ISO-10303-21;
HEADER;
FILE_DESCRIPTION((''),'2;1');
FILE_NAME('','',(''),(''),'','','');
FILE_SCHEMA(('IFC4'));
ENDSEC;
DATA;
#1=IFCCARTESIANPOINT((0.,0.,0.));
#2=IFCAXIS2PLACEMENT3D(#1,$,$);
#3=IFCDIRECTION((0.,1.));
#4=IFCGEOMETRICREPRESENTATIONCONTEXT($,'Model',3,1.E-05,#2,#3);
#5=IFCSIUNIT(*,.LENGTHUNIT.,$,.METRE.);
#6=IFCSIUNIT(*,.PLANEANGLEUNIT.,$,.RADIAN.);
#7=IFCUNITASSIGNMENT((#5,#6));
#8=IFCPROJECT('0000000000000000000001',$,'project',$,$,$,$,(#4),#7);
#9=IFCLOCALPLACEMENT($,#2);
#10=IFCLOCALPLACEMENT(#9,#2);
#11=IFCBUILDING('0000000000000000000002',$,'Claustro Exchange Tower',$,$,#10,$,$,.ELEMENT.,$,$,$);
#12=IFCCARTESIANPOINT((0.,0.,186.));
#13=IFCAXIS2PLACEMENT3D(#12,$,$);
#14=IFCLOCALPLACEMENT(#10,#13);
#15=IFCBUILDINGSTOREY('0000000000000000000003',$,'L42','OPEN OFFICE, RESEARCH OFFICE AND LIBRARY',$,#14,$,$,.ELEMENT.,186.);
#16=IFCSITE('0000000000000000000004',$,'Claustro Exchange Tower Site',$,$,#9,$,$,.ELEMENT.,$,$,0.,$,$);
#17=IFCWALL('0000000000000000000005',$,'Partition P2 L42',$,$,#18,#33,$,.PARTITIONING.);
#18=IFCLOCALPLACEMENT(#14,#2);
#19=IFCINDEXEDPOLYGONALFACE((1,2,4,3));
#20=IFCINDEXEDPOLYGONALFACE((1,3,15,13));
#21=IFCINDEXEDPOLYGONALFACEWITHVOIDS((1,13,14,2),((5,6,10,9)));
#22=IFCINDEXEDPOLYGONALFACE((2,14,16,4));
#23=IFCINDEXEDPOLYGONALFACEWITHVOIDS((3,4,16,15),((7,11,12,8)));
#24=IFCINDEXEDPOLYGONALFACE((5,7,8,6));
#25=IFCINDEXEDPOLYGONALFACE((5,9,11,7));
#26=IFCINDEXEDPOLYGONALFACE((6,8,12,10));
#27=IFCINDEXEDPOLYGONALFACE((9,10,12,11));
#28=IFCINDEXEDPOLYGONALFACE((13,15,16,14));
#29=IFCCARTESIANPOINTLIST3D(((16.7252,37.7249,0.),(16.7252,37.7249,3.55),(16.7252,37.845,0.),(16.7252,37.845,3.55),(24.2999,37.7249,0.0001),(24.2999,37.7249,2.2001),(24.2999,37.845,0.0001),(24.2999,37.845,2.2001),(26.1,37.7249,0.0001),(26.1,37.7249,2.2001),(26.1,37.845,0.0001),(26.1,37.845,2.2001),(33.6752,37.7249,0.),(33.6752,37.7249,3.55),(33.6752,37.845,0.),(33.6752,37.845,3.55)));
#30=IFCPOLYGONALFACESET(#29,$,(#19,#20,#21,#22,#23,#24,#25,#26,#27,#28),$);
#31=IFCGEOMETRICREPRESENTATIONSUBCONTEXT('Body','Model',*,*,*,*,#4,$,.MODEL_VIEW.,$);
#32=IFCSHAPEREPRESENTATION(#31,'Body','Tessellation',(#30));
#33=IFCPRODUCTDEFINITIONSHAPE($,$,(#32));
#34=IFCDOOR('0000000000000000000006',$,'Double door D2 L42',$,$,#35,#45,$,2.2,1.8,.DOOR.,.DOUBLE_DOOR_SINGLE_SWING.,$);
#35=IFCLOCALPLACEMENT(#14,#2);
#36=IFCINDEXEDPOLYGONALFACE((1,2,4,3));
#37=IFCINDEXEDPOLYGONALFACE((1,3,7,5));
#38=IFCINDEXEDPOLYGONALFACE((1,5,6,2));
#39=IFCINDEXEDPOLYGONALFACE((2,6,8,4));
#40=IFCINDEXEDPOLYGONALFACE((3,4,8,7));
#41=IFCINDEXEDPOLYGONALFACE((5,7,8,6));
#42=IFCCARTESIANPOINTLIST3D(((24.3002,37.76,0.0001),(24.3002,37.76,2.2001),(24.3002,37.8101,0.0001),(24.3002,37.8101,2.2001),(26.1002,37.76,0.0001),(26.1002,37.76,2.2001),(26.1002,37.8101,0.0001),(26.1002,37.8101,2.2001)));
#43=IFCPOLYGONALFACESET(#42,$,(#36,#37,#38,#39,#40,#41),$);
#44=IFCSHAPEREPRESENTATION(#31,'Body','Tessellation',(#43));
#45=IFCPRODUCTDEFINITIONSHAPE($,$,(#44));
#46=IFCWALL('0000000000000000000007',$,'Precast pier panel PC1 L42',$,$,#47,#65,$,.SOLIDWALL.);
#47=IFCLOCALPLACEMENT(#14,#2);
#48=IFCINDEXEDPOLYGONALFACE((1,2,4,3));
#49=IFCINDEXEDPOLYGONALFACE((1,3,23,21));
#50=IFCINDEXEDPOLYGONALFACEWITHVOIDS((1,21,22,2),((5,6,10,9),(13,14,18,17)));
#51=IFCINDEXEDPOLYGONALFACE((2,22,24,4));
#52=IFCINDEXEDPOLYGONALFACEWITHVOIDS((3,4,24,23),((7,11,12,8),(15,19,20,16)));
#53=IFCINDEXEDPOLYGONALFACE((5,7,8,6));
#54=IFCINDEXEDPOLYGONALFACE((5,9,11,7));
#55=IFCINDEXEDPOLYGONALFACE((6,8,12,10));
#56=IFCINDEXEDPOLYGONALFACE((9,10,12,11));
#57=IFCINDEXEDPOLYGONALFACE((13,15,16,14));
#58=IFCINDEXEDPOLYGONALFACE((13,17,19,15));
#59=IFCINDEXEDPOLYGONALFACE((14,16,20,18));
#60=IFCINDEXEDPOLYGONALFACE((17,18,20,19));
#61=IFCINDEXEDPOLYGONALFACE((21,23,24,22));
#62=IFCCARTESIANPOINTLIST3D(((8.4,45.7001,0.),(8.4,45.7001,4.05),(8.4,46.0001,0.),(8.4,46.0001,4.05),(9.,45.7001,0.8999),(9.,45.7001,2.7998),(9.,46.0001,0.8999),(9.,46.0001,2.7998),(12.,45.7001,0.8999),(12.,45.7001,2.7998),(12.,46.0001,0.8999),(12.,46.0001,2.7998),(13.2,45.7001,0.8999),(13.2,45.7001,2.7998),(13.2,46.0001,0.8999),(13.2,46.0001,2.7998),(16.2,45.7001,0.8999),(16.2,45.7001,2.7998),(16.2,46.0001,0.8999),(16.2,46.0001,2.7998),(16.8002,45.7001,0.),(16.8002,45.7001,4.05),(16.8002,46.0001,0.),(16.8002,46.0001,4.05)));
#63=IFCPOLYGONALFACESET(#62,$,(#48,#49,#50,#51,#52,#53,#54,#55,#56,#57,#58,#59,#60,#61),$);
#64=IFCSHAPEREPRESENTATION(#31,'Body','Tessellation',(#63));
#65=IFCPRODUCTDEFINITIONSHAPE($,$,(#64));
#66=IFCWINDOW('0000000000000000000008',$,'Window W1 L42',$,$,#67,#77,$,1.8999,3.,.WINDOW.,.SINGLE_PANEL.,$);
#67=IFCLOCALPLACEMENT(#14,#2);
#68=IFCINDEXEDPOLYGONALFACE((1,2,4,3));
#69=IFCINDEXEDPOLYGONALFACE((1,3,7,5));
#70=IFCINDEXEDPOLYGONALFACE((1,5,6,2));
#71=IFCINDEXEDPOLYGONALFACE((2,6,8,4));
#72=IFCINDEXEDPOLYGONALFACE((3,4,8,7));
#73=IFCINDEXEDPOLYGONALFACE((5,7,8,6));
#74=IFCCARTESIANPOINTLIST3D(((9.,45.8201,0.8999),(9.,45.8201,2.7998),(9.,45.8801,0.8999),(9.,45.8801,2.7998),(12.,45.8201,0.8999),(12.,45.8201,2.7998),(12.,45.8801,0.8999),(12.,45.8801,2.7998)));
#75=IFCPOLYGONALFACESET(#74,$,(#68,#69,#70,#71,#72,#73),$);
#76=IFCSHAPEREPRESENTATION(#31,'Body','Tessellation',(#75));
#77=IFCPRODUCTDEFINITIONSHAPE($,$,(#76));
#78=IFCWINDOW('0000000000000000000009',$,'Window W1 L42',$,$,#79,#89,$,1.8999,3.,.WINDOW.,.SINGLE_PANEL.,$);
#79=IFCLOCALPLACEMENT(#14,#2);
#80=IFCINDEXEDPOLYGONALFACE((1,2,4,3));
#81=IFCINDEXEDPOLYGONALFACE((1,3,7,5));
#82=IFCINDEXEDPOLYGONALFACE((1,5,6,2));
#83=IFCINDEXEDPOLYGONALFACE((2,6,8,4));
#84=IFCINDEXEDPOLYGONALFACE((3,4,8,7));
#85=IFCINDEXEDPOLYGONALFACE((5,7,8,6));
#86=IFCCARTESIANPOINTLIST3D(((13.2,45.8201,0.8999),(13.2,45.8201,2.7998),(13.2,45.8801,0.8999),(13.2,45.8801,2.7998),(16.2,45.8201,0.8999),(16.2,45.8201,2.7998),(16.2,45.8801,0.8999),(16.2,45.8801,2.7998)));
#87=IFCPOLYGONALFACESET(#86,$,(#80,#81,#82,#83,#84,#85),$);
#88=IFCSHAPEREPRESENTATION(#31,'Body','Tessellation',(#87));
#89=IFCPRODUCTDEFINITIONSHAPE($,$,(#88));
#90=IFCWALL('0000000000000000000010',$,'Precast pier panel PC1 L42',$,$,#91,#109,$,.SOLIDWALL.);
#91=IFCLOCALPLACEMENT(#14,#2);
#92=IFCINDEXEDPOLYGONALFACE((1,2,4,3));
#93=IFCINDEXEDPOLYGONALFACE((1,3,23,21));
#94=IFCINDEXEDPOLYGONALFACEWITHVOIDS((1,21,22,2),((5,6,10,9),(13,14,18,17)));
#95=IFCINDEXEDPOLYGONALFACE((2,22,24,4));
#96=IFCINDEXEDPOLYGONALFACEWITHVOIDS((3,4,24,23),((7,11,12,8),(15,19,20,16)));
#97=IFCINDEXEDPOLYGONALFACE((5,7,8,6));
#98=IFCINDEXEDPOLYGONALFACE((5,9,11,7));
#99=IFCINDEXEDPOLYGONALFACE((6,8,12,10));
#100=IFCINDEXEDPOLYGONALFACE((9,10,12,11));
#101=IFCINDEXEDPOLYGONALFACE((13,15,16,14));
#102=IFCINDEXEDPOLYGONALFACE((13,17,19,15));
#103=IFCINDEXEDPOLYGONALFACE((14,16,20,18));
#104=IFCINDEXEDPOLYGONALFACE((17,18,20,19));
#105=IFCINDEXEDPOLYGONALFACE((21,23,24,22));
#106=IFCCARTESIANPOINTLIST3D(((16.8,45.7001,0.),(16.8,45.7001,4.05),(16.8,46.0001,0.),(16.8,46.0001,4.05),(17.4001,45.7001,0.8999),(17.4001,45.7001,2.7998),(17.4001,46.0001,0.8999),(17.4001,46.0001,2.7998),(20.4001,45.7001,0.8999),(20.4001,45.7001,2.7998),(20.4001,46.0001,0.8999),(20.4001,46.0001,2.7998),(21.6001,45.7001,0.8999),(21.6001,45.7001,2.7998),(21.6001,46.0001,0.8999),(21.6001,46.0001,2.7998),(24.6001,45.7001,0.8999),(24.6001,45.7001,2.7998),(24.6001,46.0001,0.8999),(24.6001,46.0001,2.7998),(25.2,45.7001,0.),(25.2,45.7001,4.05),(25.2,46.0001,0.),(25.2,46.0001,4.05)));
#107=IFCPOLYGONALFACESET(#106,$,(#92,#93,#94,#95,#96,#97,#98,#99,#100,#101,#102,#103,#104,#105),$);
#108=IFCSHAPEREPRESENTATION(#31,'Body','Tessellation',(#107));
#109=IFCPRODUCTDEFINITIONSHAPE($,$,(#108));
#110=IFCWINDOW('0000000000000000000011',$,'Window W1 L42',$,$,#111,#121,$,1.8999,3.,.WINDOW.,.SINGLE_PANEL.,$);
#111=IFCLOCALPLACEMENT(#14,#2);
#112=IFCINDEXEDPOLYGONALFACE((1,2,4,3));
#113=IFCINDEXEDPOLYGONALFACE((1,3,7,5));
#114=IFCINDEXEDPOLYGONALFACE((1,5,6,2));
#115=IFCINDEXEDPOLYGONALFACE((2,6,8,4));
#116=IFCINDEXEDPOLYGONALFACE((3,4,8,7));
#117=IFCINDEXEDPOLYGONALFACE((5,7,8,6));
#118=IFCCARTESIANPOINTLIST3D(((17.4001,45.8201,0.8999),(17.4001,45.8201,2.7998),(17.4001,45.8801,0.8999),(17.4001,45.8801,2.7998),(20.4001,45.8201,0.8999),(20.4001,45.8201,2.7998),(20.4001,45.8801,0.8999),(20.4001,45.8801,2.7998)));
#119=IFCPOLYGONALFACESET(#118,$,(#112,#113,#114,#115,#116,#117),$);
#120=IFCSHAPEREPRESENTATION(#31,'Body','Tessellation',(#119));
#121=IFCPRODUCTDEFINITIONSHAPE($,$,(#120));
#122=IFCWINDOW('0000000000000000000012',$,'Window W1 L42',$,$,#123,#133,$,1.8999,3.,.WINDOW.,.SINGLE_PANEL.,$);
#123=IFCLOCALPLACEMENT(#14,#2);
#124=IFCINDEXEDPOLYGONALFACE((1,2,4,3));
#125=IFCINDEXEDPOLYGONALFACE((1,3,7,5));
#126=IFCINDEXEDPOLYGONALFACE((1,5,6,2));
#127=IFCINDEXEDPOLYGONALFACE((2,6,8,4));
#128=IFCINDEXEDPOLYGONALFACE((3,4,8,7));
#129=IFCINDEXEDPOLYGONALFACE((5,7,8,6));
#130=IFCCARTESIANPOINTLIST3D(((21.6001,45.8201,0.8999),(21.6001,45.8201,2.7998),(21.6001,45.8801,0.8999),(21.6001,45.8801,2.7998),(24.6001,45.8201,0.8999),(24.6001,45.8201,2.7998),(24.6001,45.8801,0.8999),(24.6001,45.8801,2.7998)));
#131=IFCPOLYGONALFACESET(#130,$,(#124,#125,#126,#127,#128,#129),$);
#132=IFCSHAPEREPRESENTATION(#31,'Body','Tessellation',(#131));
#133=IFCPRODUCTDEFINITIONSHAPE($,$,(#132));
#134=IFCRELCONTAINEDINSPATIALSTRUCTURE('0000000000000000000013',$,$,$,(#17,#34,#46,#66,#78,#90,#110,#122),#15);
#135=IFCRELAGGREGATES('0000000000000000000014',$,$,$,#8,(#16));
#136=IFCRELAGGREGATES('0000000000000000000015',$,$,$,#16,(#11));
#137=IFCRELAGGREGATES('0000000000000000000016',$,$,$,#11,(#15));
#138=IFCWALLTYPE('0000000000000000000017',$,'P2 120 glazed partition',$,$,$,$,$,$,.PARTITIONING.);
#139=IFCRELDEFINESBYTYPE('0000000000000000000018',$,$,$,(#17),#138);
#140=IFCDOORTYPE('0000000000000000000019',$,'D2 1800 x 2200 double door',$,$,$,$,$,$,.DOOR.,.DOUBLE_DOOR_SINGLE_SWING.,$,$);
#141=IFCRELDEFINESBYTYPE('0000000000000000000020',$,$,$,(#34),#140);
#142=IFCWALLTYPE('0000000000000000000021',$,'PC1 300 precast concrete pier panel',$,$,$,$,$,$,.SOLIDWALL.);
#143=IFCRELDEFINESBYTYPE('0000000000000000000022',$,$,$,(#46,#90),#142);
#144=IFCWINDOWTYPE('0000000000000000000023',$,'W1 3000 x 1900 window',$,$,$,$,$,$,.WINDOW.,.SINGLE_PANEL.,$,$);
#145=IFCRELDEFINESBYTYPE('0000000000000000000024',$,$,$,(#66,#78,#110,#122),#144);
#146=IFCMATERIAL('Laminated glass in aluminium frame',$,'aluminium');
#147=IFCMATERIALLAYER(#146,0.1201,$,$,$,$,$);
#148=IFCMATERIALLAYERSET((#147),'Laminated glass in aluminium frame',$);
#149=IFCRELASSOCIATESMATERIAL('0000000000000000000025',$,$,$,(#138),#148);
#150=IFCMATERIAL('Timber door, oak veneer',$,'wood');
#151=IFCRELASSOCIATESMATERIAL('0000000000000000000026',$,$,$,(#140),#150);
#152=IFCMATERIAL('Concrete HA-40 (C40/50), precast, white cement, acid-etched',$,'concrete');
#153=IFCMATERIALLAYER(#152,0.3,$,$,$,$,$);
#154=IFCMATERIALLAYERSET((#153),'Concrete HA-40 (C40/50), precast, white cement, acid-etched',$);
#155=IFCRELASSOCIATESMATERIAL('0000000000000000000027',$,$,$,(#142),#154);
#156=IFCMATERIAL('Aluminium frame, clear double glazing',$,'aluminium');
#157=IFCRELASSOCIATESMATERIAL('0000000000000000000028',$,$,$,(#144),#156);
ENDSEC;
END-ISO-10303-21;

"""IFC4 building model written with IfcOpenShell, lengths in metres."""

from ifc_helpers import new_model, si_unit, direction, frame, frame_2d, origin, place, context, subcontext, project, spatial, rectangle, extrude, material, layer, layer_set, type_object, element, fill, save


model = new_model("IFC4")

# Units and contexts
model_context = context("Model", 3, precision=1e-05, world=origin(), true_north=direction((0.0, 1.0)))
body_context = subcontext(model_context, "Body", "Model", "MODEL_VIEW")
ifc_project = project(units=[si_unit("LENGTHUNIT", "METRE"), si_unit("PLANEANGLEUNIT", "RADIAN")], contexts=[model_context])

# Site, building, storey
site_placement = place(None, origin())
site = spatial("IfcSite", under=ifc_project, at=site_placement, Name="Claustro Exchange Tower Site", CompositionType="ELEMENT", RefElevation=0.0)
building_placement = place(site_placement, origin())
building = spatial("IfcBuilding", under=site, at=building_placement, Name="Claustro Exchange Tower", CompositionType="ELEMENT")
storey_placement = place(building_placement, frame((0.0, 0.0, 186.0)))
storey = spatial("IfcBuildingStorey", under=building, at=storey_placement, Name="L42", Description="OPEN OFFICE, RESEARCH OFFICE AND LIBRARY", CompositionType="ELEMENT", Elevation=186.0)

# Shared definitions
ifc_material_1 = material(Name="Laminated glass in aluminium frame", Category="aluminium")
ifc_layer_1 = layer(ifc_material_1, 0.1201)
ifc_layer_set_1 = layer_set([ifc_layer_1], Name="Laminated glass in aluminium frame")
wall_type_1 = type_object("IfcWallType", Name="P2 120 glazed partition", PredefinedType="PARTITIONING", material=ifc_layer_set_1)

# Wall, opening, door
wall_1_placement = place(storey_placement, frame((16.7251, 37.7849, 0.0), z_axis=(0.0, 0.0, 1.0), x_axis=(1.0, 0.0, 0.0)))
wall_1 = element("IfcWall", 1, at=wall_1_placement, inside=storey, type_object=wall_type_1, Name="Partition P2 L42", PredefinedType="PARTITIONING", context=body_context, shape_type="SweptSolid", body=[
    extrude(rectangle(XDim=16.95, YDim=0.1201, at=frame_2d((8.4751, 0.0))), origin(), (0.0, 0.0, 1.0), 3.55),
])
opening_1_placement = place(wall_1_placement, frame((7.575, 0.0, 0.0)))
opening_1 = element("IfcOpeningElement", 2, at=opening_1_placement, cuts=wall_1, PredefinedType="OPENING", context=body_context, shape_type="SweptSolid", body=[
    extrude(rectangle(XDim=1.8, YDim=2.2, at=frame_2d((0.8999, 1.1001))), frame((0.0, 0.0701, 0.0), z_axis=(0.0, -1.0, 0.0), x_axis=(1.0, 0.0, 0.0)), (0.0, 0.0, 1.0), 0.1401),
])
ifc_material_2 = material(Name="Timber door, oak veneer", Category="wood")
door_type_1 = type_object("IfcDoorType", Name="D2 1800 x 2200 double door", OperationType="DOUBLE_DOOR_SINGLE_SWING", PredefinedType="DOOR", material=ifc_material_2)
door_1_placement = place(opening_1_placement, frame((1.8, 0.0, 0.0), z_axis=(0.0, 0.0, 1.0), x_axis=(-1.0, 0.0, 0.0)))
door_1 = element("IfcDoor", 3, at=door_1_placement, inside=storey, type_object=door_type_1, Name="Double door D2 L42", OperationType="DOUBLE_DOOR_SINGLE_SWING", OverallHeight=2.2, OverallWidth=1.8, PredefinedType="DOOR", context=body_context, shape_type="SweptSolid", body=[
    extrude(rectangle(XDim=1.8, YDim=2.2, at=frame_2d((0.8999, 1.1001))), frame((0.0, 0.0249, 0.0), z_axis=(0.0, -1.0, 0.0), x_axis=(1.0, 0.0, 0.0)), (0.0, 0.0, 1.0), 0.05),
])
fill(opening_1, door_1)

# Walls, openings, windows
ifc_material_3 = material(Name="Concrete HA-40 (C40/50), precast, white cement, acid-etched", Category="concrete")
ifc_layer_2 = layer(ifc_material_3, 0.3)
ifc_layer_set_2 = layer_set([ifc_layer_2], Name="Concrete HA-40 (C40/50), precast, white cement, acid-etched")
wall_type_2 = type_object("IfcWallType", Name="PC1 300 precast concrete pier panel", PredefinedType="SOLIDWALL", material=ifc_layer_set_2)
wall_2_placement = place(storey_placement, frame((8.3999, 45.8501, 0.0), z_axis=(0.0, 0.0, 1.0), x_axis=(1.0, 0.0, 0.0)))
wall_2 = element("IfcWall", 4, at=wall_2_placement, inside=storey, type_object=wall_type_2, Name="Precast pier panel PC1 L42", PredefinedType="SOLIDWALL", context=body_context, shape_type="SweptSolid", body=[
    extrude(rectangle(XDim=8.4001, YDim=0.3, at=frame_2d((4.2002, 0.0))), origin(), (0.0, 0.0, 1.0), 4.05),
])
opening_2_placement = place(wall_2_placement, frame((0.6001, 0.0, 0.8999)))
opening_2 = element("IfcOpeningElement", 5, at=opening_2_placement, cuts=wall_2, PredefinedType="OPENING", context=body_context, shape_type="SweptSolid", body=[
    extrude(rectangle(XDim=3.0, YDim=1.8999, at=frame_2d((1.5, 0.95))), frame((0.0, 0.1599, 0.0), z_axis=(0.0, -1.0, 0.0), x_axis=(1.0, 0.0, 0.0)), (0.0, 0.0, 1.0), 0.3201),
])
opening_3_placement = place(wall_2_placement, frame((4.8, 0.0, 0.8999)))
opening_3 = element("IfcOpeningElement", 6, at=opening_3_placement, cuts=wall_2, PredefinedType="OPENING", context=body_context, shape_type="SweptSolid", body=[
    extrude(rectangle(XDim=3.0, YDim=1.8999, at=frame_2d((1.5, 0.95))), frame((0.0, 0.1599, 0.0), z_axis=(0.0, -1.0, 0.0), x_axis=(1.0, 0.0, 0.0)), (0.0, 0.0, 1.0), 0.3201),
])
ifc_material_4 = material(Name="Aluminium frame, clear double glazing", Category="aluminium")
window_type = type_object("IfcWindowType", Name="W1 3000 x 1900 window", PartitioningType="SINGLE_PANEL", PredefinedType="WINDOW", material=ifc_material_4)
window_1_placement = place(opening_2_placement, origin())
window_1 = element("IfcWindow", 7, at=window_1_placement, inside=storey, type_object=window_type, Name="Window W1 L42", OverallHeight=1.8999, OverallWidth=3.0, PartitioningType="SINGLE_PANEL", PredefinedType="WINDOW", context=body_context, shape_type="SweptSolid", body=[
    extrude(rectangle(XDim=3.0, YDim=1.8999, at=frame_2d((1.5, 0.95))), frame((0.0, 0.03, 0.0), z_axis=(0.0, -1.0, 0.0), x_axis=(1.0, 0.0, 0.0)), (0.0, 0.0, 1.0), 0.0601),
])
fill(opening_2, window_1)
window_2_placement = place(opening_3_placement, origin())
window_2 = element("IfcWindow", 8, at=window_2_placement, inside=storey, type_object=window_type, Name="Window W1 L42", OverallHeight=1.8999, OverallWidth=3.0, PartitioningType="SINGLE_PANEL", PredefinedType="WINDOW", context=body_context, shape_type="SweptSolid", body=[
    extrude(rectangle(XDim=3.0, YDim=1.8999, at=frame_2d((1.5, 0.95))), frame((0.0, 0.03, 0.0), z_axis=(0.0, -1.0, 0.0), x_axis=(1.0, 0.0, 0.0)), (0.0, 0.0, 1.0), 0.0601),
])
fill(opening_3, window_2)
wall_3_placement = place(storey_placement, frame((16.8, 45.8501, 0.0), z_axis=(0.0, 0.0, 1.0), x_axis=(1.0, 0.0, 0.0)))
wall_3 = element("IfcWall", 9, at=wall_3_placement, inside=storey, type_object=wall_type_2, Name="Precast pier panel PC1 L42", PredefinedType="SOLIDWALL", context=body_context, shape_type="SweptSolid", body=[
    extrude(rectangle(XDim=8.3999, YDim=0.3, at=frame_2d((4.2, 0.0))), origin(), (0.0, 0.0, 1.0), 4.05),
])
opening_4_placement = place(wall_3_placement, frame((0.6001, 0.0, 0.8999)))
opening_4 = element("IfcOpeningElement", 10, at=opening_4_placement, cuts=wall_3, PredefinedType="OPENING", context=body_context, shape_type="SweptSolid", body=[
    extrude(rectangle(XDim=3.0, YDim=1.8999, at=frame_2d((1.5, 0.95))), frame((0.0, 0.1599, 0.0), z_axis=(0.0, -1.0, 0.0), x_axis=(1.0, 0.0, 0.0)), (0.0, 0.0, 1.0), 0.3201),
])
opening_5_placement = place(wall_3_placement, frame((4.8, 0.0, 0.8999)))
opening_5 = element("IfcOpeningElement", 11, at=opening_5_placement, cuts=wall_3, PredefinedType="OPENING", context=body_context, shape_type="SweptSolid", body=[
    extrude(rectangle(XDim=3.0, YDim=1.8999, at=frame_2d((1.5, 0.95))), frame((0.0, 0.1599, 0.0), z_axis=(0.0, -1.0, 0.0), x_axis=(1.0, 0.0, 0.0)), (0.0, 0.0, 1.0), 0.3201),
])
window_3_placement = place(opening_4_placement, origin())
window_3 = element("IfcWindow", 12, at=window_3_placement, inside=storey, type_object=window_type, Name="Window W1 L42", OverallHeight=1.8999, OverallWidth=3.0, PartitioningType="SINGLE_PANEL", PredefinedType="WINDOW", context=body_context, shape_type="SweptSolid", body=[
    extrude(rectangle(XDim=3.0, YDim=1.8999, at=frame_2d((1.5, 0.95))), frame((0.0, 0.03, 0.0), z_axis=(0.0, -1.0, 0.0), x_axis=(1.0, 0.0, 0.0)), (0.0, 0.0, 1.0), 0.0601),
])
fill(opening_4, window_3)
window_4_placement = place(opening_5_placement, origin())
window_4 = element("IfcWindow", 13, at=window_4_placement, inside=storey, type_object=window_type, Name="Window W1 L42", OverallHeight=1.8999, OverallWidth=3.0, PartitioningType="SINGLE_PANEL", PredefinedType="WINDOW", context=body_context, shape_type="SweptSolid", body=[
    extrude(rectangle(XDim=3.0, YDim=1.8999, at=frame_2d((1.5, 0.95))), frame((0.0, 0.03, 0.0), z_axis=(0.0, -1.0, 0.0), x_axis=(1.0, 0.0, 0.0)), (0.0, 0.0, 1.0), 0.0601),
])
fill(opening_5, window_4)

save(model, "model.ifc")
